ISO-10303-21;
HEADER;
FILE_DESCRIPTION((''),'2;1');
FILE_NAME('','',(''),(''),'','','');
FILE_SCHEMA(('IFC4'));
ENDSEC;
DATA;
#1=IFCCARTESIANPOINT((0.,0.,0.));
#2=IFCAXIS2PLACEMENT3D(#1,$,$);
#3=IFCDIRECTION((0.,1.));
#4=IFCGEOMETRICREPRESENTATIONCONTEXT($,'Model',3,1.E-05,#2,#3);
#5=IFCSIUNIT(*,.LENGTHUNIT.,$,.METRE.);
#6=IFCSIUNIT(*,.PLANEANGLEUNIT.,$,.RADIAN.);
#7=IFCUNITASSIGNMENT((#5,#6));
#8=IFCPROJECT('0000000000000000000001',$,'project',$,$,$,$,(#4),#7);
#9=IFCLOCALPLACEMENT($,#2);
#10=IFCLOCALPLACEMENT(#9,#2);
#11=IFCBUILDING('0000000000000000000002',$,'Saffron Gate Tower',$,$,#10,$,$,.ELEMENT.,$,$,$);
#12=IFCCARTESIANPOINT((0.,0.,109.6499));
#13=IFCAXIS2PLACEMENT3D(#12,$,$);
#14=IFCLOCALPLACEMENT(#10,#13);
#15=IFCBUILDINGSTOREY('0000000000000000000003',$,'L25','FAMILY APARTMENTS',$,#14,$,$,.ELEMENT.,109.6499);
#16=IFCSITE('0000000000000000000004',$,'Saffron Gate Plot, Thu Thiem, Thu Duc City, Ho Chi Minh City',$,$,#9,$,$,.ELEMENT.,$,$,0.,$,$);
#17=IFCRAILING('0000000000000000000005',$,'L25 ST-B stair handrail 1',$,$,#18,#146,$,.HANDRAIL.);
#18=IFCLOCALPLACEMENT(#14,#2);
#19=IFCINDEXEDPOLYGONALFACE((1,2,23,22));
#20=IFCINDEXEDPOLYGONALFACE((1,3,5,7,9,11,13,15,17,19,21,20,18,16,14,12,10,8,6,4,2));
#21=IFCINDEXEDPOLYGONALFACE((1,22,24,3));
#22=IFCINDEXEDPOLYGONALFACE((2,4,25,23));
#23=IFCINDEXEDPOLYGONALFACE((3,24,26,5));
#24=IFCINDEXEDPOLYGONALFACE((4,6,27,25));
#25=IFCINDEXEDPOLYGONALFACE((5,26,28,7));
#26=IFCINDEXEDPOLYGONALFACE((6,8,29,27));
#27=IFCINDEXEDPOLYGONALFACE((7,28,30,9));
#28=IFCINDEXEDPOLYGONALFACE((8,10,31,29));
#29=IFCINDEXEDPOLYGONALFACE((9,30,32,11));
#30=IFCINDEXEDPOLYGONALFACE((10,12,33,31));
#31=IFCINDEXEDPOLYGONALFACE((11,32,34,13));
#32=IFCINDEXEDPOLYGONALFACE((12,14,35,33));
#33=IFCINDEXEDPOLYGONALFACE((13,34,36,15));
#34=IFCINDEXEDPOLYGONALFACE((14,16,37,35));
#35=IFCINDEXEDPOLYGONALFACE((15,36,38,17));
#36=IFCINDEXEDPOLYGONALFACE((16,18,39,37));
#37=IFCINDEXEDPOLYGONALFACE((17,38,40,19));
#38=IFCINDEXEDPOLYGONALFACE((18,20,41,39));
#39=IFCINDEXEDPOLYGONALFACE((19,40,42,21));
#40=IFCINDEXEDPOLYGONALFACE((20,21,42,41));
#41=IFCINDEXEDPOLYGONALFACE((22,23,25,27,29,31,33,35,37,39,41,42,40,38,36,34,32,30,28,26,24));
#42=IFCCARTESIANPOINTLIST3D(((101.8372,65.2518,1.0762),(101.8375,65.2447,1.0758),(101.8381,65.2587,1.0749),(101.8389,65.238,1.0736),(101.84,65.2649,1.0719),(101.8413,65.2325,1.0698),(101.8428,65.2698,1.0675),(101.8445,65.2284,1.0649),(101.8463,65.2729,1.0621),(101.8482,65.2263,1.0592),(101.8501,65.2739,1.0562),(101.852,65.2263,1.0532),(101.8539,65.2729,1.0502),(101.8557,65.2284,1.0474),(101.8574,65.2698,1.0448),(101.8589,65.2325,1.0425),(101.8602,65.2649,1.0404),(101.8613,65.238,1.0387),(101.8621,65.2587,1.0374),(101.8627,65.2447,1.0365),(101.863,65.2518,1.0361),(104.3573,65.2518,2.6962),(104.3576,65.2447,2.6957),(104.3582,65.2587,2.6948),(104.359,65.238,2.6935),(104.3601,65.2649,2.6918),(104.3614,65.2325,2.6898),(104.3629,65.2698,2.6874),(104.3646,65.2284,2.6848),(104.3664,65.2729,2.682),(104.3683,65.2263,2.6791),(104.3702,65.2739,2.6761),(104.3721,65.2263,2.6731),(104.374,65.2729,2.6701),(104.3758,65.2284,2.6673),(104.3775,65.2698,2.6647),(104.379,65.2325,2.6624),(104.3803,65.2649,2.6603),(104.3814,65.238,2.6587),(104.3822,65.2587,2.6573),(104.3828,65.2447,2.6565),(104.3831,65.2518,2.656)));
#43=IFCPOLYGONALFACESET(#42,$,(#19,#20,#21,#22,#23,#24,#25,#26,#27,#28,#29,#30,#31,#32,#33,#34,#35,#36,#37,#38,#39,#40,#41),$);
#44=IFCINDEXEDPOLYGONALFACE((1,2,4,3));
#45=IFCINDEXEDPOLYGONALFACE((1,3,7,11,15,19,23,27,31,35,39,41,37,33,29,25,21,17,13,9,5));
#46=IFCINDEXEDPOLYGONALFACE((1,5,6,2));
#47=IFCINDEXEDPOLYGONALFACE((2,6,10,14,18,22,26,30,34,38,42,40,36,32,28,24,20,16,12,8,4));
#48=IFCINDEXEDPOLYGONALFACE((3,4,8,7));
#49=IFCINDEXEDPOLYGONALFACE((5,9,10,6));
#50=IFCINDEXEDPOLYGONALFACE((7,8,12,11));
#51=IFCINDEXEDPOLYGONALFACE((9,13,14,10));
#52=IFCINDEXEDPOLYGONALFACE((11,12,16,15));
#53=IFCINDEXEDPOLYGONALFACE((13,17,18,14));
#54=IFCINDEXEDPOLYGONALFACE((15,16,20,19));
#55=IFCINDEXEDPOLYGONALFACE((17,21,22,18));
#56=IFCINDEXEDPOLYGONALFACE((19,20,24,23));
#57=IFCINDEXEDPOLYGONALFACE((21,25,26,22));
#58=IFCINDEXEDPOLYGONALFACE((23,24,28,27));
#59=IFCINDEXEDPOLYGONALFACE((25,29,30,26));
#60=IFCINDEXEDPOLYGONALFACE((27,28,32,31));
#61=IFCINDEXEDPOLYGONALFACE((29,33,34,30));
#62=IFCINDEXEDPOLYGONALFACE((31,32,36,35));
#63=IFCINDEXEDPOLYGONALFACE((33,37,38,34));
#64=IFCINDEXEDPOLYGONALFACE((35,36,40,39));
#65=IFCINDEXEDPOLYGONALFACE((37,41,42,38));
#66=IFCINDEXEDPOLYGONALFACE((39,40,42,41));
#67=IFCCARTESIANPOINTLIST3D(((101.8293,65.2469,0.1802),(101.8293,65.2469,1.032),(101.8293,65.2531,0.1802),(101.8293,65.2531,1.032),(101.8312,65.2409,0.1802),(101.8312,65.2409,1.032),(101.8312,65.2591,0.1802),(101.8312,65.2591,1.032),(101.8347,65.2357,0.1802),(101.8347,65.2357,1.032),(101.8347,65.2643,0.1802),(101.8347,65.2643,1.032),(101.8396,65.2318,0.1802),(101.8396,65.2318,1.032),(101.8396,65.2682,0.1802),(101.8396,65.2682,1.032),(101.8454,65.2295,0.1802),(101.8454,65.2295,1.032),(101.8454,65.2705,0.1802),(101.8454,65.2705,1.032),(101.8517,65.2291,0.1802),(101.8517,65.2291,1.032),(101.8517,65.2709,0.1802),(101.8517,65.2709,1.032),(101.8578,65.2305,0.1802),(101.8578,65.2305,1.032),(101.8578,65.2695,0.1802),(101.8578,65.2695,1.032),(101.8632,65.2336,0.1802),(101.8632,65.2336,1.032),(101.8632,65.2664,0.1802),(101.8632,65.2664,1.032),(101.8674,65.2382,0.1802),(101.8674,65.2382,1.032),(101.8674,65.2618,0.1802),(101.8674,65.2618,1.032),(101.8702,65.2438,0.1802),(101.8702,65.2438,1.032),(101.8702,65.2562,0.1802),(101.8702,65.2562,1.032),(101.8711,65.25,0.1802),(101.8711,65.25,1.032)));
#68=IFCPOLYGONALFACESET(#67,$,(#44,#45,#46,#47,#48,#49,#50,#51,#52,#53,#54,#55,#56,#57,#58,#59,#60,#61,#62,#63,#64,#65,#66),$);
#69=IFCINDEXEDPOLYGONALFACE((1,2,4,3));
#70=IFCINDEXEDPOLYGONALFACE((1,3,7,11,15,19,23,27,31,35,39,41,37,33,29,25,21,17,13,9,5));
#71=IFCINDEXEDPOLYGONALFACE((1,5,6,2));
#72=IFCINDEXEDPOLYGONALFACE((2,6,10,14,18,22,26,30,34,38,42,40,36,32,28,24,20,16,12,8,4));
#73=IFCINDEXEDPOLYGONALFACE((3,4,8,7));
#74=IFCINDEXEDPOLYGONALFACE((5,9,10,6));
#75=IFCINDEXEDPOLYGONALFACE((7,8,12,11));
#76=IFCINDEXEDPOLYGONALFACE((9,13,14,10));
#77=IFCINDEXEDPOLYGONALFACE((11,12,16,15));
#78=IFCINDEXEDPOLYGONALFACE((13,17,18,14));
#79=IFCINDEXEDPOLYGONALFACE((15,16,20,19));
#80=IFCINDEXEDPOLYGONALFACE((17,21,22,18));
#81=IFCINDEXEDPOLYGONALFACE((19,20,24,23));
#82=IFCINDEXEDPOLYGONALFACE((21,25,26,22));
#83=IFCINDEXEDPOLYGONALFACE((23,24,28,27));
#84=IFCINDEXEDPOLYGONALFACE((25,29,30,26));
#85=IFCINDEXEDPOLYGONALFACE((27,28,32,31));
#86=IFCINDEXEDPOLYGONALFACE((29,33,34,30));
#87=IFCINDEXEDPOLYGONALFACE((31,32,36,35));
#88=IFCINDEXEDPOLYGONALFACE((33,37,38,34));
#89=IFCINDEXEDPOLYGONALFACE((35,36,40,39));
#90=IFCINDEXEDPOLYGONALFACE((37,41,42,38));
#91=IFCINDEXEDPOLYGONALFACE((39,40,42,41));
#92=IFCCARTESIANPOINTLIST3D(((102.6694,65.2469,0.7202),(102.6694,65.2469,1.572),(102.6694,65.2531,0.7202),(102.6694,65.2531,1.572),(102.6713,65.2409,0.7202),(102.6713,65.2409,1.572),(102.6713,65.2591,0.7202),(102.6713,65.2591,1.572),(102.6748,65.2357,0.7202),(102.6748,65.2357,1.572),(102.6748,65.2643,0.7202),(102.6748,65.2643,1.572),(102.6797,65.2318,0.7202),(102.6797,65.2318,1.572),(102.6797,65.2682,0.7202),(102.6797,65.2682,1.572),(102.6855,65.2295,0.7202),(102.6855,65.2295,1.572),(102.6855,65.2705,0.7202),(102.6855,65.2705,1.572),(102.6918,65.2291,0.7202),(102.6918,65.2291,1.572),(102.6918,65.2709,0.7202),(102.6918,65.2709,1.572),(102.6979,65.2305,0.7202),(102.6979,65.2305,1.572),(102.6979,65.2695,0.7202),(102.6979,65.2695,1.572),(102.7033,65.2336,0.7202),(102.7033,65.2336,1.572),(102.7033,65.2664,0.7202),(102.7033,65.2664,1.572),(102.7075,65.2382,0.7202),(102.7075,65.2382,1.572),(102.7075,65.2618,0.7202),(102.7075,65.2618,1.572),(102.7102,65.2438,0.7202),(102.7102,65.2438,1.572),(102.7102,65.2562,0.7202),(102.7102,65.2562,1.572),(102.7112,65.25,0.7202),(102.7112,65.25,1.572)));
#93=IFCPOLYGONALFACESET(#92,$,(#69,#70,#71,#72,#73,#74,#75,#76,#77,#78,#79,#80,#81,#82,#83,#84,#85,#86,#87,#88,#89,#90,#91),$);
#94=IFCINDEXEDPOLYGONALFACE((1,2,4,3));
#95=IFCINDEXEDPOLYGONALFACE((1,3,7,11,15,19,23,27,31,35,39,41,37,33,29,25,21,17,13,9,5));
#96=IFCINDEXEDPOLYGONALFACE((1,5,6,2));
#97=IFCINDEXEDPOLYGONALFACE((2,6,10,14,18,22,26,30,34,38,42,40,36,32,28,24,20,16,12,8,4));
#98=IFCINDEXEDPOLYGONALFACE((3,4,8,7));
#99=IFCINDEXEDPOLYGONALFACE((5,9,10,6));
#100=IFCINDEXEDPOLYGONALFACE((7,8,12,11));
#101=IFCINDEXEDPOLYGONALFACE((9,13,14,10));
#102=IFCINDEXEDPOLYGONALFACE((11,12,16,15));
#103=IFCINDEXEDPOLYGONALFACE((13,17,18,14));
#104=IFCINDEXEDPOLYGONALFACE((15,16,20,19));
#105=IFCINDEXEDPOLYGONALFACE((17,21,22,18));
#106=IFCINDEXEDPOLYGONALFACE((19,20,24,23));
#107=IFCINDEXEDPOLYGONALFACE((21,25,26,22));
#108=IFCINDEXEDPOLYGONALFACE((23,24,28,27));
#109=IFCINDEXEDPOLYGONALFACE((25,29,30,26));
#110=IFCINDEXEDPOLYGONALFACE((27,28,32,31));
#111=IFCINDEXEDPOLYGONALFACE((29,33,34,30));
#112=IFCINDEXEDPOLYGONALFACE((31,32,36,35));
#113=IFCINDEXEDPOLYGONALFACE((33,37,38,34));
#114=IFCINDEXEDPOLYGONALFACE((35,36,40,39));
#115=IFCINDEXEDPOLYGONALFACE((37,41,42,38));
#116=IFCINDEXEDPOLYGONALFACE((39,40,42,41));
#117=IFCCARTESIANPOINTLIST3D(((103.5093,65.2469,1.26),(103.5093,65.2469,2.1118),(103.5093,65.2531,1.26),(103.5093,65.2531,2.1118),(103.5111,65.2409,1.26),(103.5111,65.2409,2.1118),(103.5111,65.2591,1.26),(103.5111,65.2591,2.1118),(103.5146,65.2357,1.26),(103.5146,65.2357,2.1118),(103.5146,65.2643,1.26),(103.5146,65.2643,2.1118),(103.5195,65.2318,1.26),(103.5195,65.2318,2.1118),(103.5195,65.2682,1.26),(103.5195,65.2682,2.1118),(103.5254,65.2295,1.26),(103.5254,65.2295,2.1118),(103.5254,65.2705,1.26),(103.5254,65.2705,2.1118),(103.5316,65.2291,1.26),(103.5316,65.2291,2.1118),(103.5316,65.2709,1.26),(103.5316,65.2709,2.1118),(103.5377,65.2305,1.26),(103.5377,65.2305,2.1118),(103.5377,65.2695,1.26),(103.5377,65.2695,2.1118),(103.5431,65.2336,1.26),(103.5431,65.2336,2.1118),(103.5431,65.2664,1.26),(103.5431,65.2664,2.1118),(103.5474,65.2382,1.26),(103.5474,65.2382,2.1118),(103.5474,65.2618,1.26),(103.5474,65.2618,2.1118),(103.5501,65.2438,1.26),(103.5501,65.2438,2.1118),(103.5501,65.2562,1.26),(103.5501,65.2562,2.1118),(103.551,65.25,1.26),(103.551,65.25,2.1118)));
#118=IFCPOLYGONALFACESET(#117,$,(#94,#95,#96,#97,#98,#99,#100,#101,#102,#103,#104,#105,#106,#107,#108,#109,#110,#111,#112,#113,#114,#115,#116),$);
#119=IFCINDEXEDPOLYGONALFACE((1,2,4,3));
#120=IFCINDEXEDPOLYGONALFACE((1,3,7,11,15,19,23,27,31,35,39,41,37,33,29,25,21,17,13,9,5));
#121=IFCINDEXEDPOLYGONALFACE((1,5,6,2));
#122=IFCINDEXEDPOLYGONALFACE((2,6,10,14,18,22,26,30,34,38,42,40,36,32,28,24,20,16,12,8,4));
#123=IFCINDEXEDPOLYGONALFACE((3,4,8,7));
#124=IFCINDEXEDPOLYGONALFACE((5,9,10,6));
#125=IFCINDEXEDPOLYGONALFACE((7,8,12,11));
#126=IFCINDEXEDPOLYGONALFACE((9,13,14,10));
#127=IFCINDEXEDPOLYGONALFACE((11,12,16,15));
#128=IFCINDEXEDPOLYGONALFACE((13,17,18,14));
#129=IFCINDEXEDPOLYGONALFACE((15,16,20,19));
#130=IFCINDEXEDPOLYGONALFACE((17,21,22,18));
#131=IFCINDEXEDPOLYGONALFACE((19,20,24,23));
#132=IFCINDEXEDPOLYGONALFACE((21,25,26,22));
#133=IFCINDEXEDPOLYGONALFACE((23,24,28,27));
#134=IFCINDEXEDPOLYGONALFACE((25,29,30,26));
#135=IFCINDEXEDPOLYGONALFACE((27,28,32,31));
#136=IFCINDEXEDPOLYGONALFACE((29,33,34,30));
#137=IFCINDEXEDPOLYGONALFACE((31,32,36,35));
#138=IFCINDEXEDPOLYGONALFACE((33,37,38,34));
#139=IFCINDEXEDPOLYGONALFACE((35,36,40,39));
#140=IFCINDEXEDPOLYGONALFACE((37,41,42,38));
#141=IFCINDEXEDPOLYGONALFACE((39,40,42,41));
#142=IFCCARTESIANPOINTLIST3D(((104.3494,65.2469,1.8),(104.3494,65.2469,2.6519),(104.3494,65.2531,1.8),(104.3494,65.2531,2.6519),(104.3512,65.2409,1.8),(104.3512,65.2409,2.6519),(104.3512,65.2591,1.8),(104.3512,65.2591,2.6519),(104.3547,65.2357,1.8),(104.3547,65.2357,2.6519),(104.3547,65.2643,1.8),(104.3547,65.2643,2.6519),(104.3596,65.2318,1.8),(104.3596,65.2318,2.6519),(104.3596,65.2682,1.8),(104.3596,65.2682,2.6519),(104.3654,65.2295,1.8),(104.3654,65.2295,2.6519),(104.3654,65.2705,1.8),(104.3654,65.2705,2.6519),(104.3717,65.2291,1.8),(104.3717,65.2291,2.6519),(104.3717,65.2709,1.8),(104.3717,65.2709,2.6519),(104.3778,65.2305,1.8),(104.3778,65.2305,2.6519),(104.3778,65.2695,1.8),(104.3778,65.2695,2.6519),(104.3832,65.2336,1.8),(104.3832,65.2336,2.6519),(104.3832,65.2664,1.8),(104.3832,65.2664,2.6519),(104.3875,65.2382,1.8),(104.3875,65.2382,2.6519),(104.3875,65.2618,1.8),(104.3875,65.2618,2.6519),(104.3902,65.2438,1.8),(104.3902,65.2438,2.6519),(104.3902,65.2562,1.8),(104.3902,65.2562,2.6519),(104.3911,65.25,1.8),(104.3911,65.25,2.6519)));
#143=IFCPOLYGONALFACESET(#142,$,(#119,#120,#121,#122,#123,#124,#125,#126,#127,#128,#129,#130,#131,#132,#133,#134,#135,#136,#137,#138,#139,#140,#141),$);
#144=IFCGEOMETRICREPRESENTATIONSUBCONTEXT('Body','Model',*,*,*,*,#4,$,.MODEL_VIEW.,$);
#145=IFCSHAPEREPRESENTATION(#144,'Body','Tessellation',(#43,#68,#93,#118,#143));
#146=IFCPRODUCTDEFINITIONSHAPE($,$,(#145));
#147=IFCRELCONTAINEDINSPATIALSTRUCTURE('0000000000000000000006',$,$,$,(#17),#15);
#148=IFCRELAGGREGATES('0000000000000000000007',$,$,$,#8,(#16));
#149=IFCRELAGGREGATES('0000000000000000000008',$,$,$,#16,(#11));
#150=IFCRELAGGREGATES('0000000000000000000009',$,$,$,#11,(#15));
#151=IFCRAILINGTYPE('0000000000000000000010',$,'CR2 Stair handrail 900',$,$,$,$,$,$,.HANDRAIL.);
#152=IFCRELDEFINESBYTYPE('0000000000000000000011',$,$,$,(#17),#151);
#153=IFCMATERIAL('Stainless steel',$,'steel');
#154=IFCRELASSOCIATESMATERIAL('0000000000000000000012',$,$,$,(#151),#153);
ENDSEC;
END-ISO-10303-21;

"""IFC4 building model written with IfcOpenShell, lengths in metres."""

from ifc_helpers import new_model, si_unit, direction, frame, origin, origin_2d, place, context, subcontext, project, spatial, circle, extrude, material, type_object, element, save


model = new_model("IFC4")

# Units and contexts
model_context = context("Model", 3, precision=1e-05, world=origin(), true_north=direction((0.0, 1.0)))
body_context = subcontext(model_context, "Body", "Model", "MODEL_VIEW")
ifc_project = project(units=[si_unit("LENGTHUNIT", "METRE"), si_unit("PLANEANGLEUNIT", "RADIAN")], contexts=[model_context])

# Site, building, storey
site_placement = place(None, origin())
site = spatial("IfcSite", under=ifc_project, at=site_placement, Name="Saffron Gate Plot, Thu Thiem, Thu Duc City, Ho Chi Minh City", CompositionType="ELEMENT", RefElevation=0.0)
building_placement = place(site_placement, origin())
building = spatial("IfcBuilding", under=site, at=building_placement, Name="Saffron Gate Tower", CompositionType="ELEMENT")
storey_placement = place(building_placement, frame((0.0, 0.0, 109.6499)))
storey = spatial("IfcBuildingStorey", under=building, at=storey_placement, Name="L25", Description="FAMILY APARTMENTS", CompositionType="ELEMENT", Elevation=109.6499)

# Railing
ifc_material_1 = material(Name="Stainless steel", Category="steel")
railing_type_1 = type_object("IfcRailingType", Name="CR2 Stair handrail 900", PredefinedType="HANDRAIL", material=ifc_material_1)
railing_1_placement = place(storey_placement, frame((101.8501, 65.25, 0.1802)))
element("IfcRailing", 1, at=railing_1_placement, inside=storey, type_object=railing_type_1, Name="L25 ST-B stair handrail 1", PredefinedType="HANDRAIL", context=body_context, shape_type="SweptSolid", body=[
    extrude(circle(Radius=0.0239, at=origin_2d()), frame((0.0, 0.0, 0.876), z_axis=(0.8412, 0.0, 0.540725), x_axis=(0.0, 1.0, 0.0)), (0.0, 0.0, 1.0), 2.9958),
    extrude(circle(Radius=0.021, at=origin_2d()), origin(), (0.0, 0.0, 1.0), 0.8518),
    extrude(circle(Radius=0.021, at=origin_2d()), frame((0.8401, 0.0, 0.54)), (0.0, 0.0, 1.0), 0.8518),
    extrude(circle(Radius=0.021, at=origin_2d()), frame((1.6799, 0.0, 1.0798)), (0.0, 0.0, 1.0), 0.8518),
    extrude(circle(Radius=0.021, at=origin_2d()), frame((2.52, 0.0, 1.6199)), (0.0, 0.0, 1.0), 0.8518),
])

save(model, "model.ifc")
